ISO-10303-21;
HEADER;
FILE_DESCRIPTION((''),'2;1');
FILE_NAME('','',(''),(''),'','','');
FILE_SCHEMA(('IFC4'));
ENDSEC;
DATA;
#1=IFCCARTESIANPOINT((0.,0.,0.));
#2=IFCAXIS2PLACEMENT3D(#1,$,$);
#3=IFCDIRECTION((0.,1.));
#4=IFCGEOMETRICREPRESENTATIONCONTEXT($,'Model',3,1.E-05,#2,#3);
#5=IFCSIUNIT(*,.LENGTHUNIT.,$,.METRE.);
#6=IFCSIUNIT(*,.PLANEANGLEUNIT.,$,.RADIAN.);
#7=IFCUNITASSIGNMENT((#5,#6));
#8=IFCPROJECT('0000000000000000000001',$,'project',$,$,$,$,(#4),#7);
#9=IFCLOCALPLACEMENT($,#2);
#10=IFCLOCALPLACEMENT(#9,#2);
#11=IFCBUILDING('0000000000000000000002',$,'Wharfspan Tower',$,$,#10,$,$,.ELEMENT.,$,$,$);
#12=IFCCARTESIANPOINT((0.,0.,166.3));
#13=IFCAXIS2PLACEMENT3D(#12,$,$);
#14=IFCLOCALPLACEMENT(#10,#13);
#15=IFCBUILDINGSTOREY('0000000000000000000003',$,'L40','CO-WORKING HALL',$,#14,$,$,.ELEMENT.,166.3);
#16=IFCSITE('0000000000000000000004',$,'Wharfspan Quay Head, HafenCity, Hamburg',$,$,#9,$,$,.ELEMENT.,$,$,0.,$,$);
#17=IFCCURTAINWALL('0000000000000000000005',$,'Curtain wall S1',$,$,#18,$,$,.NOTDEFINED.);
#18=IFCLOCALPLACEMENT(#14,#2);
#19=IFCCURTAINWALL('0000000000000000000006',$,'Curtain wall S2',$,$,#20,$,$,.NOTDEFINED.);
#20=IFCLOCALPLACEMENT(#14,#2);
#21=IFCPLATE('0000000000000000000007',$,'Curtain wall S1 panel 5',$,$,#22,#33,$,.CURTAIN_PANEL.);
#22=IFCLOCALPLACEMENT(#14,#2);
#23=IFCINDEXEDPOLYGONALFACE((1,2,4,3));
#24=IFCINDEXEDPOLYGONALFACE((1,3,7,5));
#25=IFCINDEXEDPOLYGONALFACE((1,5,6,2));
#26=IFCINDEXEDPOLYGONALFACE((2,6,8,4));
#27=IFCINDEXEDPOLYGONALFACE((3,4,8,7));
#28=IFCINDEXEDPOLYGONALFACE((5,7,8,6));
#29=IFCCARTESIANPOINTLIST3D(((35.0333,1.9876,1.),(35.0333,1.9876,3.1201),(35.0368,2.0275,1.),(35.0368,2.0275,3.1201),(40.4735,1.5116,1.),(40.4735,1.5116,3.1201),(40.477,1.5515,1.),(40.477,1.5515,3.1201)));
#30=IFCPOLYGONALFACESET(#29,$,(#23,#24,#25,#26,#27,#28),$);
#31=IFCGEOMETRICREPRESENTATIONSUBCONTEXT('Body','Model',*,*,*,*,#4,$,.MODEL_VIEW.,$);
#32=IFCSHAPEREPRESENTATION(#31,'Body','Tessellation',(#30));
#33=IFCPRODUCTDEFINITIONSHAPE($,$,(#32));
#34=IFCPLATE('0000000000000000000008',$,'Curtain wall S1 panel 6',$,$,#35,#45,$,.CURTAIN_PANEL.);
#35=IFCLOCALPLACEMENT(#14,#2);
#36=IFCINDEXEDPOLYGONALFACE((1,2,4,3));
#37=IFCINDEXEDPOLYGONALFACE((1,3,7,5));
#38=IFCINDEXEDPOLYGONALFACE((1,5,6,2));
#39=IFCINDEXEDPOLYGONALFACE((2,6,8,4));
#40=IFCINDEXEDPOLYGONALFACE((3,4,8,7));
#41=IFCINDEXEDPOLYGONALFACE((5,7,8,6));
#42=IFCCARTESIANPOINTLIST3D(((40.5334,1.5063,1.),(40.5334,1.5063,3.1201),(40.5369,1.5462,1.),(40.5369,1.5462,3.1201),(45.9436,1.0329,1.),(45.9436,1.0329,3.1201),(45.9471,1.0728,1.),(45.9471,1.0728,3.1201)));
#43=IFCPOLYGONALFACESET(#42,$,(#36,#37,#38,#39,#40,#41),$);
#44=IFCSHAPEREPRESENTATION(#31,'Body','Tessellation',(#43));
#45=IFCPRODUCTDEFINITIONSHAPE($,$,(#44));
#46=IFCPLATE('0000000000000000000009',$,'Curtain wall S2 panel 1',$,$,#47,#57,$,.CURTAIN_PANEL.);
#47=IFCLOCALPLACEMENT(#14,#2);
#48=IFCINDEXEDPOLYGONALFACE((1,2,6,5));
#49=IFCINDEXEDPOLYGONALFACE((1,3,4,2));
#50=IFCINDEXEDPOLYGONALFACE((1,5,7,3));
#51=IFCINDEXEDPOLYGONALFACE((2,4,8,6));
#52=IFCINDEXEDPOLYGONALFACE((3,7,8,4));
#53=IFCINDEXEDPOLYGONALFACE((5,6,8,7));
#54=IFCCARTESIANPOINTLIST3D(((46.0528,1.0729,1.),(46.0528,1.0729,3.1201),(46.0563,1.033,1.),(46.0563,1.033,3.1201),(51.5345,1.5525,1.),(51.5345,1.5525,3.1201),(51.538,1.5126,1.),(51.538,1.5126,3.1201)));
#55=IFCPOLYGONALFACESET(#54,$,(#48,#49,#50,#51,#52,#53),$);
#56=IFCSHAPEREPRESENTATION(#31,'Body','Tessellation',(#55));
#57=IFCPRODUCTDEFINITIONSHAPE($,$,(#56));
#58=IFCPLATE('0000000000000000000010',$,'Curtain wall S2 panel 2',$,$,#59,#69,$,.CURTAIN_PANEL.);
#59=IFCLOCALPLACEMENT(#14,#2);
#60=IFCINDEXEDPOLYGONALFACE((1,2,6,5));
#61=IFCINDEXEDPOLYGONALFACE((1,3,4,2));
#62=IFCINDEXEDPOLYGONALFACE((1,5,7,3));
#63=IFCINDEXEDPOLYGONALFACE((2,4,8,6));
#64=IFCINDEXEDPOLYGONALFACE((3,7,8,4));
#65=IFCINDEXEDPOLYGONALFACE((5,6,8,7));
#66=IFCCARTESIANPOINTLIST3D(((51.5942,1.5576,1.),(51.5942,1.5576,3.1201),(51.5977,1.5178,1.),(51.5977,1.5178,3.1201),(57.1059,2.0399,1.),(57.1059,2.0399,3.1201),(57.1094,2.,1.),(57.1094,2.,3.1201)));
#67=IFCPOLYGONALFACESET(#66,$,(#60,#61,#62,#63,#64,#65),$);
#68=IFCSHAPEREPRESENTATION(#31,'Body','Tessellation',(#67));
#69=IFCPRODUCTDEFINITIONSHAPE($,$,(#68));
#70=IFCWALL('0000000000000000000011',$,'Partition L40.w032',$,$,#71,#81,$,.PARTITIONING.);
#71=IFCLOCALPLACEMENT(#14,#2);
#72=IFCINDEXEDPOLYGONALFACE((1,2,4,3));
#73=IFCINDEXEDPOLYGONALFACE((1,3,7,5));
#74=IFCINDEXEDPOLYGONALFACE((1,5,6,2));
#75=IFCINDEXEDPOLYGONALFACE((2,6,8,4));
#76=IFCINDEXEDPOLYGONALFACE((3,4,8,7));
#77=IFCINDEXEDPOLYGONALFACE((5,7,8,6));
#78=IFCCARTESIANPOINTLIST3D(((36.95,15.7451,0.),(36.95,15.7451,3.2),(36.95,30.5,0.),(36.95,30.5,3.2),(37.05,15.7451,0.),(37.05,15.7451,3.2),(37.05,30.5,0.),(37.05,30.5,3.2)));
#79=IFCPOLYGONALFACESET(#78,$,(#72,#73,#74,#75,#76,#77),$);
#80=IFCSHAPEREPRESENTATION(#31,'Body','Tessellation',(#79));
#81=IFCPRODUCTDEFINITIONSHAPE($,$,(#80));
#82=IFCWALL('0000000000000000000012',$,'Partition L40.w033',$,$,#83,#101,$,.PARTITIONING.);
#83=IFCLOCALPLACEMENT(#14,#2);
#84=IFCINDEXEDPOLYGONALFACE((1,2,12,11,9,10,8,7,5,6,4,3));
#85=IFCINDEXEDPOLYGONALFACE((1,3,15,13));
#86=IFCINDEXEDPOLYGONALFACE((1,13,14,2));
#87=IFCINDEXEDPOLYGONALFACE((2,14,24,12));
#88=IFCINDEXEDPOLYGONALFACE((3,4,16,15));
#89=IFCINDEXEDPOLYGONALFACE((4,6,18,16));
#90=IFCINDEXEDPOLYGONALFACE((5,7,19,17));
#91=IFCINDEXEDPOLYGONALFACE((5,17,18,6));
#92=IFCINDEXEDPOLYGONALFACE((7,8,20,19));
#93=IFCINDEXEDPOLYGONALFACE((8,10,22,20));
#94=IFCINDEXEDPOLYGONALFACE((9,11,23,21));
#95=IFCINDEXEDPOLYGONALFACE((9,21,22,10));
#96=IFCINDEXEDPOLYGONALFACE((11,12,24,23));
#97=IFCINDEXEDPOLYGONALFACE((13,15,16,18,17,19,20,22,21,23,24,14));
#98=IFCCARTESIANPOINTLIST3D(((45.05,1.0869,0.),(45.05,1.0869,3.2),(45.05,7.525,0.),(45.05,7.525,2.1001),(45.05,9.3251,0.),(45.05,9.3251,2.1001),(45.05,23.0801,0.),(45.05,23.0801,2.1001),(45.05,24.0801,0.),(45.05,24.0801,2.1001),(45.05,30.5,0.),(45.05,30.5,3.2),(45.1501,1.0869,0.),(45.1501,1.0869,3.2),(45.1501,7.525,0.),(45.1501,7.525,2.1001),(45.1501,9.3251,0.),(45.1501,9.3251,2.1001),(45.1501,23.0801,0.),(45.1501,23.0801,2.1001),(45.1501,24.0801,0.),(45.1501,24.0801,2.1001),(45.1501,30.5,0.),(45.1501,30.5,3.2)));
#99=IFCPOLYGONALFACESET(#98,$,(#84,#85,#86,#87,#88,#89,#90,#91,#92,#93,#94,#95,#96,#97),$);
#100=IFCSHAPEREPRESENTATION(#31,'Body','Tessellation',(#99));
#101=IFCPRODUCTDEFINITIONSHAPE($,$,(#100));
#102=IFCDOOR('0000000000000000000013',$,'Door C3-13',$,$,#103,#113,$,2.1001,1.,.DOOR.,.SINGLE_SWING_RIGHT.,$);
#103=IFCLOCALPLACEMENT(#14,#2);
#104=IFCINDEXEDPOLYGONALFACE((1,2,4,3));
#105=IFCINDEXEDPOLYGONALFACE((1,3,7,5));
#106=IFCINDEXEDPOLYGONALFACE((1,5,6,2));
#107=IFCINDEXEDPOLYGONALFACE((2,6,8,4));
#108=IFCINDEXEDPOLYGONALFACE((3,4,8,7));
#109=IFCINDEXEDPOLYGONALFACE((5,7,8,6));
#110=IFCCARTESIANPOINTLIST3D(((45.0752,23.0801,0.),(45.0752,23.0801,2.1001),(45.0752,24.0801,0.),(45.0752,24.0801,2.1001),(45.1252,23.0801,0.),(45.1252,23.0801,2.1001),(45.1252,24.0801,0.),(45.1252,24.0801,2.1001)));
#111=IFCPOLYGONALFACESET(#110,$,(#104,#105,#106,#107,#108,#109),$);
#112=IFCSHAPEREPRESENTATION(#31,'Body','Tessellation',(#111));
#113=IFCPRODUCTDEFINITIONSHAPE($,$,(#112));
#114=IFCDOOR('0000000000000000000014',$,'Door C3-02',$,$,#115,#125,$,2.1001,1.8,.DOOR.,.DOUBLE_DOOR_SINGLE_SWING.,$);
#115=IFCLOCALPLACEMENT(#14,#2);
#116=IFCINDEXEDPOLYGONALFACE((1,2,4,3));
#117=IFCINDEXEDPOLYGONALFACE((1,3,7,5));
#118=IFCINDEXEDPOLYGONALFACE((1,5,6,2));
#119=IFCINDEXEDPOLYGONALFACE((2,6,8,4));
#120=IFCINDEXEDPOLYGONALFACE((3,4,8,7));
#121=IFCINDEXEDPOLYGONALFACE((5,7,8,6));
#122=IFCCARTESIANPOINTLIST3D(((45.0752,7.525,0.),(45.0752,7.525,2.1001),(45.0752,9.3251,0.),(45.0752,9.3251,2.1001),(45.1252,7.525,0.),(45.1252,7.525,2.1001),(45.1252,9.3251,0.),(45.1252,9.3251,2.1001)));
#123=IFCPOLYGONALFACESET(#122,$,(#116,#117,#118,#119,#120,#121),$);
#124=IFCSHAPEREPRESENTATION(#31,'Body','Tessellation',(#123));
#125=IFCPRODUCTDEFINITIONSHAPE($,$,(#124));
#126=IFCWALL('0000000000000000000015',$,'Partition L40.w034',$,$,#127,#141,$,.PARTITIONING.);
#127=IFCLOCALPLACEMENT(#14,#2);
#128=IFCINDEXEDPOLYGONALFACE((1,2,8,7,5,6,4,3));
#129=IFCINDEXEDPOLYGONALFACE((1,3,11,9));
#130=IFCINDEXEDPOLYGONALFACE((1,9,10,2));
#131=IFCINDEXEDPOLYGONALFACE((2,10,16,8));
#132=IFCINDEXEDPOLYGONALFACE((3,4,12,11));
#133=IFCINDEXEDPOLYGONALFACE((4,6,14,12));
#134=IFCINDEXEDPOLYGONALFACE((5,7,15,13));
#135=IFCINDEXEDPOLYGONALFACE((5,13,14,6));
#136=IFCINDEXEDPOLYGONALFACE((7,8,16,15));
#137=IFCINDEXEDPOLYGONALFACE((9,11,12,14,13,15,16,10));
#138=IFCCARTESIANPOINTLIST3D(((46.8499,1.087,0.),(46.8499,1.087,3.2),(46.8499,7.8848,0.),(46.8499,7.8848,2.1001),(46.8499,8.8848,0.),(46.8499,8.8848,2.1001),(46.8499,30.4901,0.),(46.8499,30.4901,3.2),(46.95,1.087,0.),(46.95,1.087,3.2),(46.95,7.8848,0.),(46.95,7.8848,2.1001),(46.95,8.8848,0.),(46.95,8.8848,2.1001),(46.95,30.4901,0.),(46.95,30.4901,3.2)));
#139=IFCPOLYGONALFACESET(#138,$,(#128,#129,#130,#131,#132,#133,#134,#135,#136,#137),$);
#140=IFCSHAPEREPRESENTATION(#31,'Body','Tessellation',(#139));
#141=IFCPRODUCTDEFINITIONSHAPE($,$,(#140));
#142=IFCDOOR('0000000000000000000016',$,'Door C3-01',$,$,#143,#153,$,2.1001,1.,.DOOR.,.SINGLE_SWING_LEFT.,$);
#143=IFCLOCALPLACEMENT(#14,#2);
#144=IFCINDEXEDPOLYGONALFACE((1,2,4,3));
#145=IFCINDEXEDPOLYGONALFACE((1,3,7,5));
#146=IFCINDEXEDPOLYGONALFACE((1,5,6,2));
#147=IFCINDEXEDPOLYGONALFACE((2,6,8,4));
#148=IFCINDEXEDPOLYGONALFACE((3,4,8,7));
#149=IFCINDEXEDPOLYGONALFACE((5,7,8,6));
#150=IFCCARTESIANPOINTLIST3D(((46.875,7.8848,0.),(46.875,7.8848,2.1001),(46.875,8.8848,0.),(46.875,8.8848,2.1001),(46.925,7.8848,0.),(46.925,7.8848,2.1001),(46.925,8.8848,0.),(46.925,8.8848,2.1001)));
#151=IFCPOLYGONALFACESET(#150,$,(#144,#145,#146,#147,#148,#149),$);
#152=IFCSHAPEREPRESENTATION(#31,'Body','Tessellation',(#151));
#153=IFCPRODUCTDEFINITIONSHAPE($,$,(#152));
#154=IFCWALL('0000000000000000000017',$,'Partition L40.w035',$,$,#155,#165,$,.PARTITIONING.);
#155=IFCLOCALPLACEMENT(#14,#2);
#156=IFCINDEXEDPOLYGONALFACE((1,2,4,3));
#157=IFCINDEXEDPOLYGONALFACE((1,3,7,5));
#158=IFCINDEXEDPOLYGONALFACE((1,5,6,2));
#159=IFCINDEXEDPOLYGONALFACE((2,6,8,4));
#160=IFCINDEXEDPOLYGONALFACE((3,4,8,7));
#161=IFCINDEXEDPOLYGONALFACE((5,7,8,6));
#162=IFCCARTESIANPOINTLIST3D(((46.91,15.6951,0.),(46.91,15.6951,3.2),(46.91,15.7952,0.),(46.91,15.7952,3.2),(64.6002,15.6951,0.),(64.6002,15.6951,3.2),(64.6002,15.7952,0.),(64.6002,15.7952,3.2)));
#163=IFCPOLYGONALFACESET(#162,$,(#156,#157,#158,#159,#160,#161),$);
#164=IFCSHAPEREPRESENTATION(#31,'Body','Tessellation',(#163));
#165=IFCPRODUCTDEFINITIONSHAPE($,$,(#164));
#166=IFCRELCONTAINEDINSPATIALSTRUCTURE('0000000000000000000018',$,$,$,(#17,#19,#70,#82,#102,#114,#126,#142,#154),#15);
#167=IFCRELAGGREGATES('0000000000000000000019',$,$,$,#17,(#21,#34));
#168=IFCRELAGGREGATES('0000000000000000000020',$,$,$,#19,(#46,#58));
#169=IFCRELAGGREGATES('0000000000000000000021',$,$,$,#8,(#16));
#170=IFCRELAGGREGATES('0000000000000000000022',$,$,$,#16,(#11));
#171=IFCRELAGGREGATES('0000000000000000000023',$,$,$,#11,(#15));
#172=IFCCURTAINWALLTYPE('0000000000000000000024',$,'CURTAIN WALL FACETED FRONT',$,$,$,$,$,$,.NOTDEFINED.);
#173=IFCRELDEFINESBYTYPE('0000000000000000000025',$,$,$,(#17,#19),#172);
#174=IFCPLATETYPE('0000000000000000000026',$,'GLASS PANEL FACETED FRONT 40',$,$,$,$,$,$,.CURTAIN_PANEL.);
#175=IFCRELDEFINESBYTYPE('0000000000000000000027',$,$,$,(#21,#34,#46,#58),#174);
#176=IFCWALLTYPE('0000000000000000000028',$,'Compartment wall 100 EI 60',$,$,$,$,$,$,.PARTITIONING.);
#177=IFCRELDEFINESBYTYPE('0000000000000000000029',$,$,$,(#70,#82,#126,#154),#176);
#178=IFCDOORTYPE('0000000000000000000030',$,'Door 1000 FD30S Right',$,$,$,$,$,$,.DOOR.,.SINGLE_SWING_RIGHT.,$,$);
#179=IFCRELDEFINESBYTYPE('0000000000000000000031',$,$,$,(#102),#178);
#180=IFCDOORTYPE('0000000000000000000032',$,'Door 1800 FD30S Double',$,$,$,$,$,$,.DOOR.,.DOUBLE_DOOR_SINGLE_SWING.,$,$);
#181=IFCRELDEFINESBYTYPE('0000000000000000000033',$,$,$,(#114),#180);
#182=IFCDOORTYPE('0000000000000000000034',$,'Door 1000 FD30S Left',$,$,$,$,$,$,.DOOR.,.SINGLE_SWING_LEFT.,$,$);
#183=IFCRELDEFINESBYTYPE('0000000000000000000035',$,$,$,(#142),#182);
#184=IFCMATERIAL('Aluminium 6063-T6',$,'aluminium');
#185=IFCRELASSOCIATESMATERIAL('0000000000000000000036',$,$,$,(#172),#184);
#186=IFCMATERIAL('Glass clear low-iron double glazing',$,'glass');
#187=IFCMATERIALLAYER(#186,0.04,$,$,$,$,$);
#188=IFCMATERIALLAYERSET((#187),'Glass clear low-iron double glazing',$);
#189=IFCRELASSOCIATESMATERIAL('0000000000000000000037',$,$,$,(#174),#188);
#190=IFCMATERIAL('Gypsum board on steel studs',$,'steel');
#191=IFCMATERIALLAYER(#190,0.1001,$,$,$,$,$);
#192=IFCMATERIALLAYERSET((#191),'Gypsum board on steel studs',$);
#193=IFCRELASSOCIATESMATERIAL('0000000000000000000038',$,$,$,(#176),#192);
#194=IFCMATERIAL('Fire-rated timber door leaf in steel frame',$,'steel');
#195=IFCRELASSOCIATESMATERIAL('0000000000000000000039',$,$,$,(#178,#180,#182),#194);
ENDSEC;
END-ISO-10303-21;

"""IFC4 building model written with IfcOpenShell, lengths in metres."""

from ifc_helpers import new_model, si_unit, direction, frame, frame_2d, origin, origin_2d, place, context, subcontext, project, spatial, rectangle, extrude, material, layer, layer_set, type_object, element, fill, aggregate, save


model = new_model("IFC4")

# Units and contexts
model_context = context("Model", 3, precision=1e-05, world=origin(), true_north=direction((0.0, 1.0)))
body_context = subcontext(model_context, "Body", "Model", "MODEL_VIEW")
ifc_project = project(units=[si_unit("LENGTHUNIT", "METRE"), si_unit("PLANEANGLEUNIT", "RADIAN")], contexts=[model_context])

# Site, building, storey
site_placement = place(None, origin())
site = spatial("IfcSite", under=ifc_project, at=site_placement, Name="Wharfspan Quay Head, HafenCity, Hamburg", CompositionType="ELEMENT", RefElevation=0.0)
building_placement = place(site_placement, origin())
building = spatial("IfcBuilding", under=site, at=building_placement, Name="Wharfspan Tower", CompositionType="ELEMENT")
storey_placement = place(building_placement, frame((0.0, 0.0, 166.3)))
storey = spatial("IfcBuildingStorey", under=building, at=storey_placement, Name="L40", Description="CO-WORKING HALL", CompositionType="ELEMENT", Elevation=166.3)

# Curtain walls
ifc_material_1 = material(Name="Aluminium 6063-T6", Category="aluminium")
curtain_wall_type = type_object("IfcCurtainWallType", Name="CURTAIN WALL FACETED FRONT", PredefinedType="NOTDEFINED", material=ifc_material_1)
curtain_wall_1_placement = place(storey_placement, origin())
curtain_wall_1 = element("IfcCurtainWall", 1, at=curtain_wall_1_placement, inside=storey, type_object=curtain_wall_type, Name="Curtain wall S1", PredefinedType="NOTDEFINED")
curtain_wall_2_placement = place(storey_placement, origin())
curtain_wall_2 = element("IfcCurtainWall", 2, at=curtain_wall_2_placement, inside=storey, type_object=curtain_wall_type, Name="Curtain wall S2", PredefinedType="NOTDEFINED")

# Plates
ifc_material_2 = material(Name="Glass clear low-iron double glazing", Category="glass")
ifc_layer_1 = layer(ifc_material_2, 0.04)
ifc_layer_set_1 = layer_set([ifc_layer_1], Name="Glass clear low-iron double glazing")
plate_type = type_object("IfcPlateType", Name="GLASS PANEL FACETED FRONT 40", PredefinedType="CURTAIN_PANEL", material=ifc_layer_set_1)
plate_1_placement = place(storey_placement, frame((37.7551, 1.7695, 1.0), z_axis=(0.0, 0.0, 1.0), x_axis=(0.996198, -0.087156, 0.0)))
plate_1 = element("IfcPlate", 3, at=plate_1_placement, type_object=plate_type, Name="Curtain wall S1 panel 5", PredefinedType="CURTAIN_PANEL", context=body_context, shape_type="SweptSolid", body=[
    extrude(rectangle(XDim=5.4609, YDim=0.04, at=origin_2d()), origin(), (0.0, 0.0, 1.0), 2.1201),
])
plate_2_placement = place(storey_placement, frame((43.2402, 1.2896, 1.0), z_axis=(0.0, 0.0, 1.0), x_axis=(0.996198, -0.087156, 0.0)))
plate_2 = element("IfcPlate", 4, at=plate_2_placement, type_object=plate_type, Name="Curtain wall S1 panel 6", PredefinedType="CURTAIN_PANEL", context=body_context, shape_type="SweptSolid", body=[
    extrude(rectangle(XDim=5.4309, YDim=0.04, at=origin_2d()), origin(), (0.0, 0.0, 1.0), 2.1201),
])
aggregate(curtain_wall_1, [plate_1, plate_2])
plate_3_placement = place(storey_placement, frame((48.7954, 1.2927, 1.0), z_axis=(0.0, 0.0, 1.0), x_axis=(0.996198, 0.087156, 0.0)))
plate_3 = element("IfcPlate", 5, at=plate_3_placement, type_object=plate_type, Name="Curtain wall S2 panel 1", PredefinedType="CURTAIN_PANEL", context=body_context, shape_type="SweptSolid", body=[
    extrude(rectangle(XDim=5.5027, YDim=0.04, at=origin_2d()), origin(), (0.0, 0.0, 1.0), 2.1201),
])
plate_4_placement = place(storey_placement, frame((54.3518, 1.7788, 1.0), z_axis=(0.0, 0.0, 1.0), x_axis=(0.996198, 0.087156, 0.0)))
plate_4 = element("IfcPlate", 6, at=plate_4_placement, type_object=plate_type, Name="Curtain wall S2 panel 2", PredefinedType="CURTAIN_PANEL", context=body_context, shape_type="SweptSolid", body=[
    extrude(rectangle(XDim=5.5327, YDim=0.04, at=origin_2d()), origin(), (0.0, 0.0, 1.0), 2.1201),
])
aggregate(curtain_wall_2, [plate_3, plate_4])

# Wall
ifc_material_3 = material(Name="Gypsum board on steel studs", Category="steel")
ifc_layer_2 = layer(ifc_material_3, 0.1001)
ifc_layer_set_2 = layer_set([ifc_layer_2], Name="Gypsum board on steel studs")
wall_type_1 = type_object("IfcWallType", Name="Compartment wall 100 EI 60", PredefinedType="PARTITIONING", material=ifc_layer_set_2)
wall_1_placement = place(storey_placement, frame((37.0, 15.7451, 0.0), z_axis=(0.0, 0.0, 1.0), x_axis=(0.0, 1.0, 0.0)))
element("IfcWall", 7, at=wall_1_placement, inside=storey, type_object=wall_type_1, Name="Partition L40.w032", PredefinedType="PARTITIONING", context=body_context, shape_type="SweptSolid", body=[
    extrude(rectangle(XDim=14.7549, YDim=0.1001, at=frame_2d((7.3774, 0.0))), origin(), (0.0, 0.0, 1.0), 3.2),
])

# Wall, openings, doors
wall_2_placement = place(storey_placement, frame((45.1001, 1.0869, 0.0), z_axis=(0.0, 0.0, 1.0), x_axis=(0.0, 1.0, 0.0)))
wall_2 = element("IfcWall", 8, at=wall_2_placement, inside=storey, type_object=wall_type_1, Name="Partition L40.w033", PredefinedType="PARTITIONING", context=body_context, shape_type="SweptSolid", body=[
    extrude(rectangle(XDim=29.4131, YDim=0.1001, at=frame_2d((14.7065, 0.0))), origin(), (0.0, 0.0, 1.0), 3.2),
])
opening_1_placement = place(wall_2_placement, frame((6.4382, 0.0, 0.0)))
opening_1 = element("IfcOpeningElement", 9, at=opening_1_placement, cuts=wall_2, PredefinedType="OPENING", context=body_context, shape_type="SweptSolid", body=[
    extrude(rectangle(XDim=1.8, YDim=2.1001, at=frame_2d((0.8999, 1.05))), frame((0.0, 0.0601, 0.0), z_axis=(0.0, -1.0, 0.0), x_axis=(1.0, 0.0, 0.0)), (0.0, 0.0, 1.0), 0.1201),
])
opening_2_placement = place(wall_2_placement, frame((21.9932, 0.0, 0.0)))
opening_2 = element("IfcOpeningElement", 10, at=opening_2_placement, cuts=wall_2, PredefinedType="OPENING", context=body_context, shape_type="SweptSolid", body=[
    extrude(rectangle(XDim=1.0, YDim=2.1001, at=frame_2d((0.5, 1.05))), frame((0.0, 0.0601, 0.0), z_axis=(0.0, -1.0, 0.0), x_axis=(1.0, 0.0, 0.0)), (0.0, 0.0, 1.0), 0.1201),
])
ifc_material_4 = material(Name="Fire-rated timber door leaf in steel frame", Category="steel")
door_type_1 = type_object("IfcDoorType", Name="Door 1000 FD30S Right", OperationType="SINGLE_SWING_RIGHT", PredefinedType="DOOR", material=ifc_material_4)
door_1_placement = place(opening_2_placement, origin())
door_1 = element("IfcDoor", 11, at=door_1_placement, inside=storey, type_object=door_type_1, Name="Door C3-13", OperationType="SINGLE_SWING_RIGHT", OverallHeight=2.1001, OverallWidth=1.0, PredefinedType="DOOR", context=body_context, shape_type="SweptSolid", body=[
    extrude(rectangle(XDim=1.0, YDim=2.1001, at=frame_2d((0.5, 1.05))), frame((0.0, 0.0249, 0.0), z_axis=(0.0, -1.0, 0.0), x_axis=(1.0, 0.0, 0.0)), (0.0, 0.0, 1.0), 0.05),
])
fill(opening_2, door_1)
door_type_2 = type_object("IfcDoorType", Name="Door 1800 FD30S Double", OperationType="DOUBLE_DOOR_SINGLE_SWING", PredefinedType="DOOR", material=ifc_material_4)
door_2_placement = place(opening_1_placement, origin())
door_2 = element("IfcDoor", 12, at=door_2_placement, inside=storey, type_object=door_type_2, Name="Door C3-02", OperationType="DOUBLE_DOOR_SINGLE_SWING", OverallHeight=2.1001, OverallWidth=1.8, PredefinedType="DOOR", context=body_context, shape_type="SweptSolid", body=[
    extrude(rectangle(XDim=1.8, YDim=2.1001, at=frame_2d((0.8999, 1.05))), frame((0.0, 0.0249, 0.0), z_axis=(0.0, -1.0, 0.0), x_axis=(1.0, 0.0, 0.0)), (0.0, 0.0, 1.0), 0.05),
])
fill(opening_1, door_2)

# Wall, opening, door
wall_3_placement = place(storey_placement, frame((46.8999, 1.0869, 0.0), z_axis=(0.0, 0.0, 1.0), x_axis=(0.0, 1.0, 0.0)))
wall_3 = element("IfcWall", 13, at=wall_3_placement, inside=storey, type_object=wall_type_1, Name="Partition L40.w034", PredefinedType="PARTITIONING", context=body_context, shape_type="SweptSolid", body=[
    extrude(rectangle(XDim=29.4031, YDim=0.1001, at=frame_2d((14.7017, 0.0))), origin(), (0.0, 0.0, 1.0), 3.2),
])
opening_3_placement = place(wall_3_placement, frame((6.7979, 0.0, 0.0)))
opening_3 = element("IfcOpeningElement", 14, at=opening_3_placement, cuts=wall_3, PredefinedType="OPENING", context=body_context, shape_type="SweptSolid", body=[
    extrude(rectangle(XDim=1.0, YDim=2.1001, at=frame_2d((0.5, 1.05))), frame((0.0, 0.0601, 0.0), z_axis=(0.0, -1.0, 0.0), x_axis=(1.0, 0.0, 0.0)), (0.0, 0.0, 1.0), 0.1201),
])
door_type_3 = type_object("IfcDoorType", Name="Door 1000 FD30S Left", OperationType="SINGLE_SWING_LEFT", PredefinedType="DOOR", material=ifc_material_4)
door_3_placement = place(opening_3_placement, origin())
door_3 = element("IfcDoor", 15, at=door_3_placement, inside=storey, type_object=door_type_3, Name="Door C3-01", OperationType="SINGLE_SWING_LEFT", OverallHeight=2.1001, OverallWidth=1.0, PredefinedType="DOOR", context=body_context, shape_type="SweptSolid", body=[
    extrude(rectangle(XDim=1.0, YDim=2.1001, at=frame_2d((0.5, 1.05))), frame((0.0, 0.0249, 0.0), z_axis=(0.0, -1.0, 0.0), x_axis=(1.0, 0.0, 0.0)), (0.0, 0.0, 1.0), 0.05),
])
fill(opening_3, door_3)

# Wall
wall_4_placement = place(storey_placement, frame((46.9099, 15.7451, 0.0), z_axis=(0.0, 0.0, 1.0), x_axis=(1.0, 0.0, 0.0)))
element("IfcWall", 16, at=wall_4_placement, inside=storey, type_object=wall_type_1, Name="Partition L40.w035", PredefinedType="PARTITIONING", context=body_context, shape_type="SweptSolid", body=[
    extrude(rectangle(XDim=17.6902, YDim=0.1001, at=frame_2d((8.8452, 0.0))), origin(), (0.0, 0.0, 1.0), 3.2),
])

save(model, "model.ifc")
